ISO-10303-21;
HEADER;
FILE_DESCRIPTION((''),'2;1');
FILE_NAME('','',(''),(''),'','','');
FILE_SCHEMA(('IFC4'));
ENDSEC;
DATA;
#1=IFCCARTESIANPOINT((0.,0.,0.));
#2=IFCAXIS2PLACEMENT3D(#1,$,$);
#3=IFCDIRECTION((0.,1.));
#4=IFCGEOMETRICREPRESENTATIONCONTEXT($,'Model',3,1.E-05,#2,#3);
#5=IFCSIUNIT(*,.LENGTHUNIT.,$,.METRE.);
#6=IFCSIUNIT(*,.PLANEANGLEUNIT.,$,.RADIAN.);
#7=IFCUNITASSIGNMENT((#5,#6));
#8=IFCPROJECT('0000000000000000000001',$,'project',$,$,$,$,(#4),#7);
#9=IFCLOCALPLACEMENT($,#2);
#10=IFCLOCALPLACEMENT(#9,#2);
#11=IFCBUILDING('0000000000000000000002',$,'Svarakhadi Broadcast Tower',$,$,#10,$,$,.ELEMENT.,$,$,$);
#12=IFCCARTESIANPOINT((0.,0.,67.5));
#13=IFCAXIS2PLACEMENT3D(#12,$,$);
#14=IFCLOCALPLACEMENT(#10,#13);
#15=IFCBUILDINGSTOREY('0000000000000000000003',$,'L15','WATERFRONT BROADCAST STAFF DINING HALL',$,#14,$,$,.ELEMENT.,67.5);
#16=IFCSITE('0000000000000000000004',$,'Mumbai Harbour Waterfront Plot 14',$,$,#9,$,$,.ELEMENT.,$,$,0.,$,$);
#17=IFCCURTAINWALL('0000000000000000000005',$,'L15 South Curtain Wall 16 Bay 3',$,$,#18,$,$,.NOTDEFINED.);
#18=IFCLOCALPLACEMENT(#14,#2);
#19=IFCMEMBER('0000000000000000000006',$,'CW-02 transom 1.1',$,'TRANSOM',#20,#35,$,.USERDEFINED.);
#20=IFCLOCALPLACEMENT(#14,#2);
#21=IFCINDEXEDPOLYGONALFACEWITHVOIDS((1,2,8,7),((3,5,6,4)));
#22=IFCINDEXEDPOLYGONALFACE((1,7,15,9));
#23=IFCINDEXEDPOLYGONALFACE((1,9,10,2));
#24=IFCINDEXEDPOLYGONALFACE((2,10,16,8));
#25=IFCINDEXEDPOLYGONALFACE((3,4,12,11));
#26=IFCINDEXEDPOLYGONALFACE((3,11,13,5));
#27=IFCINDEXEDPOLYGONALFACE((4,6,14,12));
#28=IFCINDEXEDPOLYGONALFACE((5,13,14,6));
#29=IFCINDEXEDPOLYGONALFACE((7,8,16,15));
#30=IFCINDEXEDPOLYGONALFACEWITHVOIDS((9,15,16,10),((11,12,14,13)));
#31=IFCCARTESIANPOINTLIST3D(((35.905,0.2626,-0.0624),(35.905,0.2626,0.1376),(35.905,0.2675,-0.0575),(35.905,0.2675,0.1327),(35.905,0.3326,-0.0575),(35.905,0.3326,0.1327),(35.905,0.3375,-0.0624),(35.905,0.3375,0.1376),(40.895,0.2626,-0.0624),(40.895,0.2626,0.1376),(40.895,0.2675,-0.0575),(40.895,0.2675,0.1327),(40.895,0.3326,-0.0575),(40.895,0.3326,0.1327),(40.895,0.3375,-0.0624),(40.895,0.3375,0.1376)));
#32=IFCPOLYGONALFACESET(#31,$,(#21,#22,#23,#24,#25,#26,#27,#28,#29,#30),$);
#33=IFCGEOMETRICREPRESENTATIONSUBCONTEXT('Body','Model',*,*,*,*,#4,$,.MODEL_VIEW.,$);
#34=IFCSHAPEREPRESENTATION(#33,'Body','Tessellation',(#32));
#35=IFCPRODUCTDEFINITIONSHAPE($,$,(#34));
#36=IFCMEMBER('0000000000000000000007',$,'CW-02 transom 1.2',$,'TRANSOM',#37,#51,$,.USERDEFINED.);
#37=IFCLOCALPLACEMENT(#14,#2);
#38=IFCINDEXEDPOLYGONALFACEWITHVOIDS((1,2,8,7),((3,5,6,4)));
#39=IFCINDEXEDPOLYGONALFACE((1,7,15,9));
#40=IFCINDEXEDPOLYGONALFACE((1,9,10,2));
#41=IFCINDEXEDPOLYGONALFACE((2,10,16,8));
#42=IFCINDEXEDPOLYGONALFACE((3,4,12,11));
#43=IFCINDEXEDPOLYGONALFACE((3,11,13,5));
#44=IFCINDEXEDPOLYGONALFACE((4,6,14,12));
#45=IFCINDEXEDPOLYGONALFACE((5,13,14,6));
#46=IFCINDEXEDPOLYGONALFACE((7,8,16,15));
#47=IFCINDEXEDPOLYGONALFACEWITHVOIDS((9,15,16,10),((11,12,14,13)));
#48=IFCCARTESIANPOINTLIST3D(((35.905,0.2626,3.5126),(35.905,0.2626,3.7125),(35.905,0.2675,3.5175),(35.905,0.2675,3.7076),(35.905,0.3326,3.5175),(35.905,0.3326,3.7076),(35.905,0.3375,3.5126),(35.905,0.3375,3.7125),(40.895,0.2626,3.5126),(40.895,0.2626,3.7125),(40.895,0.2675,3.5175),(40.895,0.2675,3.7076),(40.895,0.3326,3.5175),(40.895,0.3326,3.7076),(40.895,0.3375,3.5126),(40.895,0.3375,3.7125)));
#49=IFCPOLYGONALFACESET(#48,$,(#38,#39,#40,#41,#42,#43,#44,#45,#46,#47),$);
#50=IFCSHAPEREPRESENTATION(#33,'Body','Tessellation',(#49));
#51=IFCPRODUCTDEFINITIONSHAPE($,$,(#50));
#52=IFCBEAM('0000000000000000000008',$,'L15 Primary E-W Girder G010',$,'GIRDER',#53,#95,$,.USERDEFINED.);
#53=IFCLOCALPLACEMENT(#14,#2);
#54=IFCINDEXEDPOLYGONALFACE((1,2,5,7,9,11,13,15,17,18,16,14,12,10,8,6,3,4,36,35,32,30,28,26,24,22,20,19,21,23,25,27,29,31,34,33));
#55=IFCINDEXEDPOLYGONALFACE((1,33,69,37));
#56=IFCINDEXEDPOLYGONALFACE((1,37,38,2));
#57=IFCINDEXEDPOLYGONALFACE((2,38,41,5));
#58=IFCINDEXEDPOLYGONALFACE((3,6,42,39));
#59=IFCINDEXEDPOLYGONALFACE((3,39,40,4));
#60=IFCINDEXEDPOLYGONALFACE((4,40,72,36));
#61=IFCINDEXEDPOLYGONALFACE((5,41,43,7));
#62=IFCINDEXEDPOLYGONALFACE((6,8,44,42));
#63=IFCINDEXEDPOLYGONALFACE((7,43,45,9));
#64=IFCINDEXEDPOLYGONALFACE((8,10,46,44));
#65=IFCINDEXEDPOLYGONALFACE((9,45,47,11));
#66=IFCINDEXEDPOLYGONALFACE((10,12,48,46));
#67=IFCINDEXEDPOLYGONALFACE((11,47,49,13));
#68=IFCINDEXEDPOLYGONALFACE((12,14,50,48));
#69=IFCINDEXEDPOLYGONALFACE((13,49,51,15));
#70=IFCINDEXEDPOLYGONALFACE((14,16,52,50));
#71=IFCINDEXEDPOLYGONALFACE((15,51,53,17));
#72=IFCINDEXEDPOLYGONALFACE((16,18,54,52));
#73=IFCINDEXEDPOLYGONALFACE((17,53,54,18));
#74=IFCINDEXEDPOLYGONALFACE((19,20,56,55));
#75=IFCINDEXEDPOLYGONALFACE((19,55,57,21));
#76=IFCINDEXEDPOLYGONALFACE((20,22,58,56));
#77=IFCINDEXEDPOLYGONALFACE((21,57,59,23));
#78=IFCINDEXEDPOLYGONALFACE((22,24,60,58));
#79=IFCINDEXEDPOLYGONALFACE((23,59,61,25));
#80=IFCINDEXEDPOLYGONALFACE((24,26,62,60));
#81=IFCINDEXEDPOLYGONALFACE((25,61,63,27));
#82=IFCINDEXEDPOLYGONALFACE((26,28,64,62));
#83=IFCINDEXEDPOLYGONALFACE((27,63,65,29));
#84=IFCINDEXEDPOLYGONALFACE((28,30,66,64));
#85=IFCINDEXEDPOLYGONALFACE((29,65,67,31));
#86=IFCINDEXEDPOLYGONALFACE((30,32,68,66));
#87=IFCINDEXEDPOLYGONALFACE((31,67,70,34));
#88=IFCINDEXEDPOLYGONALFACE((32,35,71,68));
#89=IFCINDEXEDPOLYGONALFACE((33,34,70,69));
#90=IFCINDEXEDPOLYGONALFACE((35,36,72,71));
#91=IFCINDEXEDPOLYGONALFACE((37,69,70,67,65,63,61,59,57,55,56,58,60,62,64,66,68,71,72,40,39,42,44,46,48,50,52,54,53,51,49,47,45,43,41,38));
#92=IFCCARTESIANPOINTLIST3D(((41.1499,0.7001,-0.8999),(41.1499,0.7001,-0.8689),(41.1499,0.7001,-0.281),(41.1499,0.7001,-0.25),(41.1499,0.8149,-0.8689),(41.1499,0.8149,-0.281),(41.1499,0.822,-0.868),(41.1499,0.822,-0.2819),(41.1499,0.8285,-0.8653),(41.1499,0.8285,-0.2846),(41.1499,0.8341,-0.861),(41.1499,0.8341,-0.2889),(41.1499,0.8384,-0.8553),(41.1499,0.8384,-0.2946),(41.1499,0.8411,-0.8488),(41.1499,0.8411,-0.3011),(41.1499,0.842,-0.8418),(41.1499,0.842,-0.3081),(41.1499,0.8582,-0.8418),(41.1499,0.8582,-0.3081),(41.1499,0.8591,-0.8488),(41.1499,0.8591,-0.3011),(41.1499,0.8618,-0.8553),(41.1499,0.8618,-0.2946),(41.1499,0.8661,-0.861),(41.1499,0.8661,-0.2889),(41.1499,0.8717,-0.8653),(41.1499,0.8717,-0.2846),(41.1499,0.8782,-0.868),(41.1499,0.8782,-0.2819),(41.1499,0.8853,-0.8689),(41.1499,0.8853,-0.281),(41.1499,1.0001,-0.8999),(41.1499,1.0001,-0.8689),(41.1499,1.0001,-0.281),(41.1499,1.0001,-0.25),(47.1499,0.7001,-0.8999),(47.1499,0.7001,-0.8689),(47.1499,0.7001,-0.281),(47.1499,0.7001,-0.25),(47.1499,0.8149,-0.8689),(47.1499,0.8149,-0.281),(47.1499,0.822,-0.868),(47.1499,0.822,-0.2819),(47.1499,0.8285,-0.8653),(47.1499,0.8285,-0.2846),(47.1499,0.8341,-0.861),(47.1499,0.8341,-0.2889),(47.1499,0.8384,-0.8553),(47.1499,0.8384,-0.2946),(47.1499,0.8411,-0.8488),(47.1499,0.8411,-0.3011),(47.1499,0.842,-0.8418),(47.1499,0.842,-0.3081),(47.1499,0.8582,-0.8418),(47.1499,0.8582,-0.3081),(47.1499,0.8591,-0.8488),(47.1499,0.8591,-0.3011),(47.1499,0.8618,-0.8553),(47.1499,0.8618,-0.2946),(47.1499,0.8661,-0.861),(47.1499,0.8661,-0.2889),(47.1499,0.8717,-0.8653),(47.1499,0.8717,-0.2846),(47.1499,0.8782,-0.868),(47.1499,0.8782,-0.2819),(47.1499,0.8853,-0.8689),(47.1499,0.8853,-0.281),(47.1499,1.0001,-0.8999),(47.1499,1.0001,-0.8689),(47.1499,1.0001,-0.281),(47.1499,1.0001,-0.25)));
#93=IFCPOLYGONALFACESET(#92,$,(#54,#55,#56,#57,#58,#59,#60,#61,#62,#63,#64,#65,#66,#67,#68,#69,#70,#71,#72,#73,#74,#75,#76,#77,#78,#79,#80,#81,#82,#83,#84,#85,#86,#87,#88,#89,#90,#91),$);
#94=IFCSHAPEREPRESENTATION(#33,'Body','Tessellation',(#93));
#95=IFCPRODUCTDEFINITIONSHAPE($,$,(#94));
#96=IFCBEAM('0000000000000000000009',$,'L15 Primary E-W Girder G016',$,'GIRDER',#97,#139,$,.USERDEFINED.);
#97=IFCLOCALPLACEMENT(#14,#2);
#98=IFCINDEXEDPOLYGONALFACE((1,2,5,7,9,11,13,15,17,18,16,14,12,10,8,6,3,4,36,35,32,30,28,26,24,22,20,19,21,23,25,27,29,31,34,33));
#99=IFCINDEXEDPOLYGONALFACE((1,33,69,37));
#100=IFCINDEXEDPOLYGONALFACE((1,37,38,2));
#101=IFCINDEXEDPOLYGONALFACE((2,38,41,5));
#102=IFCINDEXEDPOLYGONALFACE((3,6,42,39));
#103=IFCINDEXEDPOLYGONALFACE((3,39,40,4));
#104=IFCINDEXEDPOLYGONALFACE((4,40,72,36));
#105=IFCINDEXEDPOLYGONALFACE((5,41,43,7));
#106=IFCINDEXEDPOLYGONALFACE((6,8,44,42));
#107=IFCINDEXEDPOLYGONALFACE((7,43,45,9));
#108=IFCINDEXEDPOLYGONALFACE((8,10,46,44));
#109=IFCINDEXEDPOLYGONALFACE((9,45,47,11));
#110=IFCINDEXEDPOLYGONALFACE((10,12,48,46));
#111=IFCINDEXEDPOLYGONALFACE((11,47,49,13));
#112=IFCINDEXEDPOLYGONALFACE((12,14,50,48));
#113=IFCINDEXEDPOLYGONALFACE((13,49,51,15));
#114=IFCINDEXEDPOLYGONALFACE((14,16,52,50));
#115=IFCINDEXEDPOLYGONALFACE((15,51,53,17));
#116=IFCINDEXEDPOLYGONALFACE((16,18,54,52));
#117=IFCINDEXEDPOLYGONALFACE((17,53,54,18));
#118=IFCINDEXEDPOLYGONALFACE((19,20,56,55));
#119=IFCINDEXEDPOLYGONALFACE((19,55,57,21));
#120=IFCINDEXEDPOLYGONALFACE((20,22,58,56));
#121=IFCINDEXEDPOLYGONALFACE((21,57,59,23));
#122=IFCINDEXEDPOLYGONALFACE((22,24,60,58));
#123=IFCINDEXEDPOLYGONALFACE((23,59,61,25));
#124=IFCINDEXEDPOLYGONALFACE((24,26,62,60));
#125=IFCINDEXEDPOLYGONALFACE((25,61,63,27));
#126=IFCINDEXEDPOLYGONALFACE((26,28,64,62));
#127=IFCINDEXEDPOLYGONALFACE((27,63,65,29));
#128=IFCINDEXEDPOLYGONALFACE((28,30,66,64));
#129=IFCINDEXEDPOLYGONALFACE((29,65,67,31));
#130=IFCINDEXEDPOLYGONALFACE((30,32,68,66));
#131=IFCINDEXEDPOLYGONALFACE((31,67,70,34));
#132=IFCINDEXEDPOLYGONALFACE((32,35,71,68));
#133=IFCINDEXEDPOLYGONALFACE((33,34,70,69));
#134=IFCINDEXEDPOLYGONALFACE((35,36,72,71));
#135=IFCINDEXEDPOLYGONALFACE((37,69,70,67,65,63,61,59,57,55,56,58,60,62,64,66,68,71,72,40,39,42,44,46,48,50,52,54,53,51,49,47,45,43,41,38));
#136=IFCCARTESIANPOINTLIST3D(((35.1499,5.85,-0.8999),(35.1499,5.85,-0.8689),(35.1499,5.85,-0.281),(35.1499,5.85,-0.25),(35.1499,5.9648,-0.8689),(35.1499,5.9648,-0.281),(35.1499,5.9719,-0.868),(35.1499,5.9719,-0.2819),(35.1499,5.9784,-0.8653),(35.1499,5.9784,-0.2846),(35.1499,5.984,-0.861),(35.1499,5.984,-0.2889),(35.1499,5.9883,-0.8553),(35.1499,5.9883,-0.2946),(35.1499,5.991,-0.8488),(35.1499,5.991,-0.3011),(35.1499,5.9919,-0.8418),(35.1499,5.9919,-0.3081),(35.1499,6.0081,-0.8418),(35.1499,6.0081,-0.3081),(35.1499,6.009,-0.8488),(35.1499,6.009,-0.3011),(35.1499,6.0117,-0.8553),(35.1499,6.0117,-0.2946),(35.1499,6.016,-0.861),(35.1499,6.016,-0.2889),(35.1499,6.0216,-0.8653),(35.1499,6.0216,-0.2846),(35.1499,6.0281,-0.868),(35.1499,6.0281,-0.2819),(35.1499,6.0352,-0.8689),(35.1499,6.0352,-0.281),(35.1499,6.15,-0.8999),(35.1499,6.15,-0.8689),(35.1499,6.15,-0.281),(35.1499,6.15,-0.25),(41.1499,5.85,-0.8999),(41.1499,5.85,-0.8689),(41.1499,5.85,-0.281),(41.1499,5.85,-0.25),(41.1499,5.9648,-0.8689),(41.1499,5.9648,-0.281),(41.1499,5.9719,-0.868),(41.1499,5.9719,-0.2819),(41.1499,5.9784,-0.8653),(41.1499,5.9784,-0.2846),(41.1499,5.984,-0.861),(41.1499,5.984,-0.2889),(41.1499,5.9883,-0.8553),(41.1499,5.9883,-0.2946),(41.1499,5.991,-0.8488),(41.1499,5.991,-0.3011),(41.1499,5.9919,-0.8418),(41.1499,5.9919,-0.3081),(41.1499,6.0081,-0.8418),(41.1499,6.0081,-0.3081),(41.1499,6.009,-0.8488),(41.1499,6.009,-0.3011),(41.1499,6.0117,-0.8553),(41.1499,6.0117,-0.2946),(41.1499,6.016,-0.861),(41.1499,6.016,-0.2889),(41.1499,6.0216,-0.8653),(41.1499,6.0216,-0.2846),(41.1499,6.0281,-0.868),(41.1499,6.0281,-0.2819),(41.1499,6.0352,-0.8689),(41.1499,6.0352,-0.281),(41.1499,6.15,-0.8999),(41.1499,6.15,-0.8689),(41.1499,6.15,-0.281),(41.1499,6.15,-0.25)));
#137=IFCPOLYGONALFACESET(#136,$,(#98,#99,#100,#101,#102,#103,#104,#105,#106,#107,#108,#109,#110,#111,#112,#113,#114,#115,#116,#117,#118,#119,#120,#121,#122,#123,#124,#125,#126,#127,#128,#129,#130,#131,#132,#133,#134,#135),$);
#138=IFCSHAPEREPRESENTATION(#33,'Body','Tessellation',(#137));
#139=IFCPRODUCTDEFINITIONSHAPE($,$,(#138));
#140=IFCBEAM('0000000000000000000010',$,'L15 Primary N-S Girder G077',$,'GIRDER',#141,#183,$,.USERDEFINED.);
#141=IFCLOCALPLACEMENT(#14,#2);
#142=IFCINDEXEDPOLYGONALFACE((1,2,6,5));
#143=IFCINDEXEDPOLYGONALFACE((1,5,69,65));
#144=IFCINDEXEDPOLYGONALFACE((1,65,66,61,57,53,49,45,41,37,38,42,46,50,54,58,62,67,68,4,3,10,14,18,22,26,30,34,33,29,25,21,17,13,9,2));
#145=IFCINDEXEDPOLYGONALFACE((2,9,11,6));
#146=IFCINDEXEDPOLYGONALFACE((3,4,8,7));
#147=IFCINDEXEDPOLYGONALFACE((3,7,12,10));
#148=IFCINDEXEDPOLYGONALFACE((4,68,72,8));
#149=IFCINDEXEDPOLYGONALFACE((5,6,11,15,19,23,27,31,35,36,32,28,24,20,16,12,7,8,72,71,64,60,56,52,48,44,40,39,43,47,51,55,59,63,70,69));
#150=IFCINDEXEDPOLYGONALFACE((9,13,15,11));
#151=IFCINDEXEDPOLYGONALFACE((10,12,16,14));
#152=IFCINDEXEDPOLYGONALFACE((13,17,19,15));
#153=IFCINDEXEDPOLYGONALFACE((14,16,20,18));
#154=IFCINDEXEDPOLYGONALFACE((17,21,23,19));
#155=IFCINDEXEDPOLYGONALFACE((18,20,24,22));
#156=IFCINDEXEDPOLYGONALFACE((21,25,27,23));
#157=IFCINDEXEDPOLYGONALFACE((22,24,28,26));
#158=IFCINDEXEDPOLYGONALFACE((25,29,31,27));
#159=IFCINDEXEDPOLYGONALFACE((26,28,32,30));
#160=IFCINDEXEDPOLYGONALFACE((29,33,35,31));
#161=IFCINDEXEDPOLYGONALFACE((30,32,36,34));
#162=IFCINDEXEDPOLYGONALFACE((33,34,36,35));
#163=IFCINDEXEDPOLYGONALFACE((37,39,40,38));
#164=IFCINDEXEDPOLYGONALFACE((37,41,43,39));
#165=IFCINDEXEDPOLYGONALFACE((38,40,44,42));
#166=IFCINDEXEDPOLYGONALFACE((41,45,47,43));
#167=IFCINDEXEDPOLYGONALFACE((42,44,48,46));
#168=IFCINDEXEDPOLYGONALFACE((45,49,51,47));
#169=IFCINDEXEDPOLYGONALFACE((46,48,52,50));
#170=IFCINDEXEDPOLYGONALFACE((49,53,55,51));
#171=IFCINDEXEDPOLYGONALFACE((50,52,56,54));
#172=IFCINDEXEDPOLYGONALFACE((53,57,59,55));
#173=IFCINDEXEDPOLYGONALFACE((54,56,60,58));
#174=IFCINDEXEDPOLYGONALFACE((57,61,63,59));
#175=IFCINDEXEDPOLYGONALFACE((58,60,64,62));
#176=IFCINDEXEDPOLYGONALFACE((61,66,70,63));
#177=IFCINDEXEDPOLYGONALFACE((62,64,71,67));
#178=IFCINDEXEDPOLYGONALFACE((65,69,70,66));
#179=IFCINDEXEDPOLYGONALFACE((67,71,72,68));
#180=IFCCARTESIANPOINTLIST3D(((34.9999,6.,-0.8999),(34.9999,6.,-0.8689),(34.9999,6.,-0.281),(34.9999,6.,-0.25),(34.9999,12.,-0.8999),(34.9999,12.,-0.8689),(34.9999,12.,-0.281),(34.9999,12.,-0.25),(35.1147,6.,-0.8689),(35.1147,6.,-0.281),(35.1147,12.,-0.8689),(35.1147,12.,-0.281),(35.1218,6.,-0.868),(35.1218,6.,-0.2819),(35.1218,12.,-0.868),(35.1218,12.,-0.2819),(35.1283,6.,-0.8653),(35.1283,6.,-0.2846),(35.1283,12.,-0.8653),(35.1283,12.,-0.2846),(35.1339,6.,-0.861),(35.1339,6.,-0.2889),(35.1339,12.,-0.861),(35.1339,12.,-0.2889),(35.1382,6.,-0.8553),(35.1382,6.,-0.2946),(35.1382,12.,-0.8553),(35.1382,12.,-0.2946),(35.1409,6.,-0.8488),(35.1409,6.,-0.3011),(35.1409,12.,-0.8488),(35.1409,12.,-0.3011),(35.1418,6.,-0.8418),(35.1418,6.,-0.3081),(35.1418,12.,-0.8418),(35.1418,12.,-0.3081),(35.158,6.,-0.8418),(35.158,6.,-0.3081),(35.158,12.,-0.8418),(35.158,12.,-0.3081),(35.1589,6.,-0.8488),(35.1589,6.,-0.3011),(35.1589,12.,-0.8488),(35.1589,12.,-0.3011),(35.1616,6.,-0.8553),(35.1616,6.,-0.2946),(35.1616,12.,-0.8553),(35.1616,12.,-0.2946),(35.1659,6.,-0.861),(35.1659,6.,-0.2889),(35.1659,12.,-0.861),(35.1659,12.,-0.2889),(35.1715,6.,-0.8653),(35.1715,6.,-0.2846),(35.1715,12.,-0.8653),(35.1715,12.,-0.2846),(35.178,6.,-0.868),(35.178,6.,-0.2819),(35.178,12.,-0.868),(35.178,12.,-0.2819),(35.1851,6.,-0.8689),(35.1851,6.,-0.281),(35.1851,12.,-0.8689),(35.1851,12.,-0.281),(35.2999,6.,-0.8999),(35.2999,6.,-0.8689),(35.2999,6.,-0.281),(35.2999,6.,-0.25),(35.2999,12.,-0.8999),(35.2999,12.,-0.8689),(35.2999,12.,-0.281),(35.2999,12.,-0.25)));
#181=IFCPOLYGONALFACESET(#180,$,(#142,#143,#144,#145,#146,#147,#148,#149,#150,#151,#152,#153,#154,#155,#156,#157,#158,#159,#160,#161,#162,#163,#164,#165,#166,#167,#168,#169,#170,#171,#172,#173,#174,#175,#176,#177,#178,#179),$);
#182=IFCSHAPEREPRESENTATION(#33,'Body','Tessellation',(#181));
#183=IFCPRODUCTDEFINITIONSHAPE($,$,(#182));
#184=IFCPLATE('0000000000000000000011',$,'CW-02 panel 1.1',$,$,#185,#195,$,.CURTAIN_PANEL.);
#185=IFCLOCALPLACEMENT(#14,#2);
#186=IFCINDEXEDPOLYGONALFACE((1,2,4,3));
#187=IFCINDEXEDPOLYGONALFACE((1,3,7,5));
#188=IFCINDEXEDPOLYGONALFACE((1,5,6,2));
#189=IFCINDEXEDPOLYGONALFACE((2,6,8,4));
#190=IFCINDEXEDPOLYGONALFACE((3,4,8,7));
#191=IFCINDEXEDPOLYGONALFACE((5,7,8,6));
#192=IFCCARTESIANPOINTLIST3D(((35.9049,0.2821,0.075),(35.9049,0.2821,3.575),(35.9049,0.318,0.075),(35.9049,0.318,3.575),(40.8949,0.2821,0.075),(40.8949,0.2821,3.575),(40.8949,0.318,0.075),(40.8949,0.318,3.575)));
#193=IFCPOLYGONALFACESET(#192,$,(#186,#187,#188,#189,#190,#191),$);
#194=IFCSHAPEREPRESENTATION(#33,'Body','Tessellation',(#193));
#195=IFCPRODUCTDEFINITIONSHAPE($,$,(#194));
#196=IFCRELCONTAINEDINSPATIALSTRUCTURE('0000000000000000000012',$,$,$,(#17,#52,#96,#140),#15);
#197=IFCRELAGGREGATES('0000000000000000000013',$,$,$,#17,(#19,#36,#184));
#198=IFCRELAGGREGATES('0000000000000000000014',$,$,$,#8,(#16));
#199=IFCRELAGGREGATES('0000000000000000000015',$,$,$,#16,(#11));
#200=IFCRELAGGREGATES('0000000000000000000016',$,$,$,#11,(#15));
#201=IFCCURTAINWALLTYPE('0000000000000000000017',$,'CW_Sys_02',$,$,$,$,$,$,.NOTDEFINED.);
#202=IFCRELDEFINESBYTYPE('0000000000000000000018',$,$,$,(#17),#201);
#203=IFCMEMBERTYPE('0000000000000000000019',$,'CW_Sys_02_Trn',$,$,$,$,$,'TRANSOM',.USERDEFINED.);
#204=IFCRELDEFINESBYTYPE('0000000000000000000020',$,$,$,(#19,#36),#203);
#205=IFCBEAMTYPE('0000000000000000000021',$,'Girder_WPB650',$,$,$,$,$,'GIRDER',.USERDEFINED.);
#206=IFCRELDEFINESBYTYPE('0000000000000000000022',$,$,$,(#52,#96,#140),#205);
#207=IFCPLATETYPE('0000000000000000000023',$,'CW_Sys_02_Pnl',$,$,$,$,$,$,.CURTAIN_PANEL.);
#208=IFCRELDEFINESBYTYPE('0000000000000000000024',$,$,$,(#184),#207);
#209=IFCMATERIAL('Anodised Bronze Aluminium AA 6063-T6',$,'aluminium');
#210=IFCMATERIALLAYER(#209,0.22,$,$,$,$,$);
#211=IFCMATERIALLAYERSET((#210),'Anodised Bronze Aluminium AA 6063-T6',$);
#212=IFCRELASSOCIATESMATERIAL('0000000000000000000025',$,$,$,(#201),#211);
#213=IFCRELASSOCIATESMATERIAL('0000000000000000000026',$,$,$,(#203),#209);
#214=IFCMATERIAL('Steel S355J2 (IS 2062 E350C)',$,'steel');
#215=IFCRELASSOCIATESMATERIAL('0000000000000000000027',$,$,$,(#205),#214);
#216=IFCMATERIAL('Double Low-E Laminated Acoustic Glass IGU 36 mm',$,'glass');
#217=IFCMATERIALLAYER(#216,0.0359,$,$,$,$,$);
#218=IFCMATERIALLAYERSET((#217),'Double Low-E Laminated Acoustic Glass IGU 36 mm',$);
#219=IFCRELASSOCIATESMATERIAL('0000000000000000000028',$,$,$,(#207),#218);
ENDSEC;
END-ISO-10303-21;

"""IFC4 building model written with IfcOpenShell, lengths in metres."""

from ifc_helpers import new_model, si_unit, direction, frame, origin, origin_2d, place, context, subcontext, project, spatial, rectangle, hollow_rectangle, i_section, extrude, material, layer, layer_set, material_profile, profile_set, type_object, element, aggregate, save


model = new_model("IFC4")

# Units and contexts
model_context = context("Model", 3, precision=1e-05, world=origin(), true_north=direction((0.0, 1.0)))
body_context = subcontext(model_context, "Body", "Model", "MODEL_VIEW")
ifc_project = project(units=[si_unit("LENGTHUNIT", "METRE"), si_unit("PLANEANGLEUNIT", "RADIAN")], contexts=[model_context])

# Site, building, storey
site_placement = place(None, origin())
site = spatial("IfcSite", under=ifc_project, at=site_placement, Name="Mumbai Harbour Waterfront Plot 14", CompositionType="ELEMENT", RefElevation=0.0)
building_placement = place(site_placement, origin())
building = spatial("IfcBuilding", under=site, at=building_placement, Name="Svarakhadi Broadcast Tower", CompositionType="ELEMENT")
storey_placement = place(building_placement, frame((0.0, 0.0, 67.5)))
storey = spatial("IfcBuildingStorey", under=building, at=storey_placement, Name="L15", Description="WATERFRONT BROADCAST STAFF DINING HALL", CompositionType="ELEMENT", Elevation=67.5)

# Shared definitions
ifc_material_1 = material(Name="Steel S355J2 (IS 2062 E350C)", Category="steel")

# Curtain wall, members
ifc_material_2 = material(Name="Anodised Bronze Aluminium AA 6063-T6", Category="aluminium")
ifc_layer_1 = layer(ifc_material_2, 0.22)
ifc_layer_set_1 = layer_set([ifc_layer_1], Name="Anodised Bronze Aluminium AA 6063-T6")
curtain_wall_type = type_object("IfcCurtainWallType", Name="CW_Sys_02", PredefinedType="NOTDEFINED", material=ifc_layer_set_1)
curtain_wall_placement = place(storey_placement, origin())
curtain_wall = element("IfcCurtainWall", 1, at=curtain_wall_placement, inside=storey, type_object=curtain_wall_type, Name="L15 South Curtain Wall 16 Bay 3", PredefinedType="NOTDEFINED")
ifc_material_profile_1 = material_profile(ifc_material_2, hollow_rectangle(XDim=0.075, YDim=0.2, WallThickness=0.0049, at=origin_2d()), Name="ALU TRANSOM 200x75x5")
ifc_profile_set_1 = profile_set([ifc_material_profile_1], Name="Anodised Bronze Aluminium AA 6063-T6")
member_type_1 = type_object("IfcMemberType", Name="CW_Sys_02_Trn", ElementType="TRANSOM", PredefinedType="USERDEFINED", material=ifc_profile_set_1)
member_1_placement = place(storey_placement, frame((40.895, 0.3, 0.0376), z_axis=(-1.0, 0.0, 0.0), x_axis=(0.0, -1.0, 0.0)))
member_1 = element("IfcMember", 2, at=member_1_placement, type_object=member_type_1, Name="CW-02 transom 1.1", ObjectType="TRANSOM", PredefinedType="USERDEFINED", context=body_context, shape_type="SweptSolid", body=[
    extrude(hollow_rectangle(XDim=0.075, YDim=0.2, WallThickness=0.0049, at=origin_2d()), origin(), (0.0, 0.0, 1.0), 4.99),
])
member_2_placement = place(storey_placement, frame((40.895, 0.3, 3.6125), z_axis=(-1.0, 0.0, 0.0), x_axis=(0.0, -1.0, 0.0)))
member_2 = element("IfcMember", 3, at=member_2_placement, type_object=member_type_1, Name="CW-02 transom 1.2", ObjectType="TRANSOM", PredefinedType="USERDEFINED", context=body_context, shape_type="SweptSolid", body=[
    extrude(hollow_rectangle(XDim=0.075, YDim=0.2, WallThickness=0.0049, at=origin_2d()), origin(), (0.0, 0.0, 1.0), 4.99),
])

# Beams
ifc_material_profile_2 = material_profile(ifc_material_1, i_section(OverallWidth=0.3, OverallDepth=0.6499, WebThickness=0.0161, FlangeThickness=0.031, FilletRadius=0.0271, at=origin_2d()), Name="WPB 650x300x225")
ifc_profile_set_2 = profile_set([ifc_material_profile_2], Name="Steel S355J2 (IS 2062 E350C)")
beam_type_1 = type_object("IfcBeamType", Name="Girder_WPB650", ElementType="GIRDER", PredefinedType="USERDEFINED", material=ifc_profile_set_2)
for number, where, z_axis, x_axis, name in (
    (4, (41.1499, 0.8501, -0.575), (1.0, 0.0, 0.0), (0.0, 1.0, 0.0), "L15 Primary E-W Girder G010"),
    (5, (35.1499, 6.0, -0.575), (1.0, 0.0, 0.0), (0.0, 1.0, 0.0), "L15 Primary E-W Girder G016"),
    (6, (35.1499, 6.0, -0.575), (0.0, 1.0, 0.0), (-1.0, 0.0, 0.0), "L15 Primary N-S Girder G077"),
):
    element("IfcBeam", number, at=place(storey_placement, frame(where, z_axis=z_axis, x_axis=x_axis)), inside=storey, type_object=beam_type_1, Name=name, ObjectType="GIRDER", PredefinedType="USERDEFINED", context=body_context, shape_type="SweptSolid", body=[
        extrude(i_section(OverallWidth=0.3, OverallDepth=0.6499, WebThickness=0.0161, FlangeThickness=0.031, FilletRadius=0.0271, at=origin_2d()), origin(), (0.0, 0.0, 1.0), 6.0),
    ])

# Plate
ifc_material_3 = material(Name="Double Low-E Laminated Acoustic Glass IGU 36 mm", Category="glass")
ifc_layer_2 = layer(ifc_material_3, 0.0359)
ifc_layer_set_2 = layer_set([ifc_layer_2], Name="Double Low-E Laminated Acoustic Glass IGU 36 mm")
plate_type = type_object("IfcPlateType", Name="CW_Sys_02_Pnl", PredefinedType="CURTAIN_PANEL", material=ifc_layer_set_2)
plate_placement = place(storey_placement, frame((38.3999, 0.3, 0.075), z_axis=(0.0, 0.0, 1.0), x_axis=(-1.0, 0.0, 0.0)))
plate = element("IfcPlate", 7, at=plate_placement, type_object=plate_type, Name="CW-02 panel 1.1", PredefinedType="CURTAIN_PANEL", context=body_context, shape_type="SweptSolid", body=[
    extrude(rectangle(XDim=4.99, YDim=0.0359, at=origin_2d()), origin(), (0.0, 0.0, 1.0), 3.5),
])
aggregate(curtain_wall, [member_1, member_2, plate])

save(model, "model.ifc")
